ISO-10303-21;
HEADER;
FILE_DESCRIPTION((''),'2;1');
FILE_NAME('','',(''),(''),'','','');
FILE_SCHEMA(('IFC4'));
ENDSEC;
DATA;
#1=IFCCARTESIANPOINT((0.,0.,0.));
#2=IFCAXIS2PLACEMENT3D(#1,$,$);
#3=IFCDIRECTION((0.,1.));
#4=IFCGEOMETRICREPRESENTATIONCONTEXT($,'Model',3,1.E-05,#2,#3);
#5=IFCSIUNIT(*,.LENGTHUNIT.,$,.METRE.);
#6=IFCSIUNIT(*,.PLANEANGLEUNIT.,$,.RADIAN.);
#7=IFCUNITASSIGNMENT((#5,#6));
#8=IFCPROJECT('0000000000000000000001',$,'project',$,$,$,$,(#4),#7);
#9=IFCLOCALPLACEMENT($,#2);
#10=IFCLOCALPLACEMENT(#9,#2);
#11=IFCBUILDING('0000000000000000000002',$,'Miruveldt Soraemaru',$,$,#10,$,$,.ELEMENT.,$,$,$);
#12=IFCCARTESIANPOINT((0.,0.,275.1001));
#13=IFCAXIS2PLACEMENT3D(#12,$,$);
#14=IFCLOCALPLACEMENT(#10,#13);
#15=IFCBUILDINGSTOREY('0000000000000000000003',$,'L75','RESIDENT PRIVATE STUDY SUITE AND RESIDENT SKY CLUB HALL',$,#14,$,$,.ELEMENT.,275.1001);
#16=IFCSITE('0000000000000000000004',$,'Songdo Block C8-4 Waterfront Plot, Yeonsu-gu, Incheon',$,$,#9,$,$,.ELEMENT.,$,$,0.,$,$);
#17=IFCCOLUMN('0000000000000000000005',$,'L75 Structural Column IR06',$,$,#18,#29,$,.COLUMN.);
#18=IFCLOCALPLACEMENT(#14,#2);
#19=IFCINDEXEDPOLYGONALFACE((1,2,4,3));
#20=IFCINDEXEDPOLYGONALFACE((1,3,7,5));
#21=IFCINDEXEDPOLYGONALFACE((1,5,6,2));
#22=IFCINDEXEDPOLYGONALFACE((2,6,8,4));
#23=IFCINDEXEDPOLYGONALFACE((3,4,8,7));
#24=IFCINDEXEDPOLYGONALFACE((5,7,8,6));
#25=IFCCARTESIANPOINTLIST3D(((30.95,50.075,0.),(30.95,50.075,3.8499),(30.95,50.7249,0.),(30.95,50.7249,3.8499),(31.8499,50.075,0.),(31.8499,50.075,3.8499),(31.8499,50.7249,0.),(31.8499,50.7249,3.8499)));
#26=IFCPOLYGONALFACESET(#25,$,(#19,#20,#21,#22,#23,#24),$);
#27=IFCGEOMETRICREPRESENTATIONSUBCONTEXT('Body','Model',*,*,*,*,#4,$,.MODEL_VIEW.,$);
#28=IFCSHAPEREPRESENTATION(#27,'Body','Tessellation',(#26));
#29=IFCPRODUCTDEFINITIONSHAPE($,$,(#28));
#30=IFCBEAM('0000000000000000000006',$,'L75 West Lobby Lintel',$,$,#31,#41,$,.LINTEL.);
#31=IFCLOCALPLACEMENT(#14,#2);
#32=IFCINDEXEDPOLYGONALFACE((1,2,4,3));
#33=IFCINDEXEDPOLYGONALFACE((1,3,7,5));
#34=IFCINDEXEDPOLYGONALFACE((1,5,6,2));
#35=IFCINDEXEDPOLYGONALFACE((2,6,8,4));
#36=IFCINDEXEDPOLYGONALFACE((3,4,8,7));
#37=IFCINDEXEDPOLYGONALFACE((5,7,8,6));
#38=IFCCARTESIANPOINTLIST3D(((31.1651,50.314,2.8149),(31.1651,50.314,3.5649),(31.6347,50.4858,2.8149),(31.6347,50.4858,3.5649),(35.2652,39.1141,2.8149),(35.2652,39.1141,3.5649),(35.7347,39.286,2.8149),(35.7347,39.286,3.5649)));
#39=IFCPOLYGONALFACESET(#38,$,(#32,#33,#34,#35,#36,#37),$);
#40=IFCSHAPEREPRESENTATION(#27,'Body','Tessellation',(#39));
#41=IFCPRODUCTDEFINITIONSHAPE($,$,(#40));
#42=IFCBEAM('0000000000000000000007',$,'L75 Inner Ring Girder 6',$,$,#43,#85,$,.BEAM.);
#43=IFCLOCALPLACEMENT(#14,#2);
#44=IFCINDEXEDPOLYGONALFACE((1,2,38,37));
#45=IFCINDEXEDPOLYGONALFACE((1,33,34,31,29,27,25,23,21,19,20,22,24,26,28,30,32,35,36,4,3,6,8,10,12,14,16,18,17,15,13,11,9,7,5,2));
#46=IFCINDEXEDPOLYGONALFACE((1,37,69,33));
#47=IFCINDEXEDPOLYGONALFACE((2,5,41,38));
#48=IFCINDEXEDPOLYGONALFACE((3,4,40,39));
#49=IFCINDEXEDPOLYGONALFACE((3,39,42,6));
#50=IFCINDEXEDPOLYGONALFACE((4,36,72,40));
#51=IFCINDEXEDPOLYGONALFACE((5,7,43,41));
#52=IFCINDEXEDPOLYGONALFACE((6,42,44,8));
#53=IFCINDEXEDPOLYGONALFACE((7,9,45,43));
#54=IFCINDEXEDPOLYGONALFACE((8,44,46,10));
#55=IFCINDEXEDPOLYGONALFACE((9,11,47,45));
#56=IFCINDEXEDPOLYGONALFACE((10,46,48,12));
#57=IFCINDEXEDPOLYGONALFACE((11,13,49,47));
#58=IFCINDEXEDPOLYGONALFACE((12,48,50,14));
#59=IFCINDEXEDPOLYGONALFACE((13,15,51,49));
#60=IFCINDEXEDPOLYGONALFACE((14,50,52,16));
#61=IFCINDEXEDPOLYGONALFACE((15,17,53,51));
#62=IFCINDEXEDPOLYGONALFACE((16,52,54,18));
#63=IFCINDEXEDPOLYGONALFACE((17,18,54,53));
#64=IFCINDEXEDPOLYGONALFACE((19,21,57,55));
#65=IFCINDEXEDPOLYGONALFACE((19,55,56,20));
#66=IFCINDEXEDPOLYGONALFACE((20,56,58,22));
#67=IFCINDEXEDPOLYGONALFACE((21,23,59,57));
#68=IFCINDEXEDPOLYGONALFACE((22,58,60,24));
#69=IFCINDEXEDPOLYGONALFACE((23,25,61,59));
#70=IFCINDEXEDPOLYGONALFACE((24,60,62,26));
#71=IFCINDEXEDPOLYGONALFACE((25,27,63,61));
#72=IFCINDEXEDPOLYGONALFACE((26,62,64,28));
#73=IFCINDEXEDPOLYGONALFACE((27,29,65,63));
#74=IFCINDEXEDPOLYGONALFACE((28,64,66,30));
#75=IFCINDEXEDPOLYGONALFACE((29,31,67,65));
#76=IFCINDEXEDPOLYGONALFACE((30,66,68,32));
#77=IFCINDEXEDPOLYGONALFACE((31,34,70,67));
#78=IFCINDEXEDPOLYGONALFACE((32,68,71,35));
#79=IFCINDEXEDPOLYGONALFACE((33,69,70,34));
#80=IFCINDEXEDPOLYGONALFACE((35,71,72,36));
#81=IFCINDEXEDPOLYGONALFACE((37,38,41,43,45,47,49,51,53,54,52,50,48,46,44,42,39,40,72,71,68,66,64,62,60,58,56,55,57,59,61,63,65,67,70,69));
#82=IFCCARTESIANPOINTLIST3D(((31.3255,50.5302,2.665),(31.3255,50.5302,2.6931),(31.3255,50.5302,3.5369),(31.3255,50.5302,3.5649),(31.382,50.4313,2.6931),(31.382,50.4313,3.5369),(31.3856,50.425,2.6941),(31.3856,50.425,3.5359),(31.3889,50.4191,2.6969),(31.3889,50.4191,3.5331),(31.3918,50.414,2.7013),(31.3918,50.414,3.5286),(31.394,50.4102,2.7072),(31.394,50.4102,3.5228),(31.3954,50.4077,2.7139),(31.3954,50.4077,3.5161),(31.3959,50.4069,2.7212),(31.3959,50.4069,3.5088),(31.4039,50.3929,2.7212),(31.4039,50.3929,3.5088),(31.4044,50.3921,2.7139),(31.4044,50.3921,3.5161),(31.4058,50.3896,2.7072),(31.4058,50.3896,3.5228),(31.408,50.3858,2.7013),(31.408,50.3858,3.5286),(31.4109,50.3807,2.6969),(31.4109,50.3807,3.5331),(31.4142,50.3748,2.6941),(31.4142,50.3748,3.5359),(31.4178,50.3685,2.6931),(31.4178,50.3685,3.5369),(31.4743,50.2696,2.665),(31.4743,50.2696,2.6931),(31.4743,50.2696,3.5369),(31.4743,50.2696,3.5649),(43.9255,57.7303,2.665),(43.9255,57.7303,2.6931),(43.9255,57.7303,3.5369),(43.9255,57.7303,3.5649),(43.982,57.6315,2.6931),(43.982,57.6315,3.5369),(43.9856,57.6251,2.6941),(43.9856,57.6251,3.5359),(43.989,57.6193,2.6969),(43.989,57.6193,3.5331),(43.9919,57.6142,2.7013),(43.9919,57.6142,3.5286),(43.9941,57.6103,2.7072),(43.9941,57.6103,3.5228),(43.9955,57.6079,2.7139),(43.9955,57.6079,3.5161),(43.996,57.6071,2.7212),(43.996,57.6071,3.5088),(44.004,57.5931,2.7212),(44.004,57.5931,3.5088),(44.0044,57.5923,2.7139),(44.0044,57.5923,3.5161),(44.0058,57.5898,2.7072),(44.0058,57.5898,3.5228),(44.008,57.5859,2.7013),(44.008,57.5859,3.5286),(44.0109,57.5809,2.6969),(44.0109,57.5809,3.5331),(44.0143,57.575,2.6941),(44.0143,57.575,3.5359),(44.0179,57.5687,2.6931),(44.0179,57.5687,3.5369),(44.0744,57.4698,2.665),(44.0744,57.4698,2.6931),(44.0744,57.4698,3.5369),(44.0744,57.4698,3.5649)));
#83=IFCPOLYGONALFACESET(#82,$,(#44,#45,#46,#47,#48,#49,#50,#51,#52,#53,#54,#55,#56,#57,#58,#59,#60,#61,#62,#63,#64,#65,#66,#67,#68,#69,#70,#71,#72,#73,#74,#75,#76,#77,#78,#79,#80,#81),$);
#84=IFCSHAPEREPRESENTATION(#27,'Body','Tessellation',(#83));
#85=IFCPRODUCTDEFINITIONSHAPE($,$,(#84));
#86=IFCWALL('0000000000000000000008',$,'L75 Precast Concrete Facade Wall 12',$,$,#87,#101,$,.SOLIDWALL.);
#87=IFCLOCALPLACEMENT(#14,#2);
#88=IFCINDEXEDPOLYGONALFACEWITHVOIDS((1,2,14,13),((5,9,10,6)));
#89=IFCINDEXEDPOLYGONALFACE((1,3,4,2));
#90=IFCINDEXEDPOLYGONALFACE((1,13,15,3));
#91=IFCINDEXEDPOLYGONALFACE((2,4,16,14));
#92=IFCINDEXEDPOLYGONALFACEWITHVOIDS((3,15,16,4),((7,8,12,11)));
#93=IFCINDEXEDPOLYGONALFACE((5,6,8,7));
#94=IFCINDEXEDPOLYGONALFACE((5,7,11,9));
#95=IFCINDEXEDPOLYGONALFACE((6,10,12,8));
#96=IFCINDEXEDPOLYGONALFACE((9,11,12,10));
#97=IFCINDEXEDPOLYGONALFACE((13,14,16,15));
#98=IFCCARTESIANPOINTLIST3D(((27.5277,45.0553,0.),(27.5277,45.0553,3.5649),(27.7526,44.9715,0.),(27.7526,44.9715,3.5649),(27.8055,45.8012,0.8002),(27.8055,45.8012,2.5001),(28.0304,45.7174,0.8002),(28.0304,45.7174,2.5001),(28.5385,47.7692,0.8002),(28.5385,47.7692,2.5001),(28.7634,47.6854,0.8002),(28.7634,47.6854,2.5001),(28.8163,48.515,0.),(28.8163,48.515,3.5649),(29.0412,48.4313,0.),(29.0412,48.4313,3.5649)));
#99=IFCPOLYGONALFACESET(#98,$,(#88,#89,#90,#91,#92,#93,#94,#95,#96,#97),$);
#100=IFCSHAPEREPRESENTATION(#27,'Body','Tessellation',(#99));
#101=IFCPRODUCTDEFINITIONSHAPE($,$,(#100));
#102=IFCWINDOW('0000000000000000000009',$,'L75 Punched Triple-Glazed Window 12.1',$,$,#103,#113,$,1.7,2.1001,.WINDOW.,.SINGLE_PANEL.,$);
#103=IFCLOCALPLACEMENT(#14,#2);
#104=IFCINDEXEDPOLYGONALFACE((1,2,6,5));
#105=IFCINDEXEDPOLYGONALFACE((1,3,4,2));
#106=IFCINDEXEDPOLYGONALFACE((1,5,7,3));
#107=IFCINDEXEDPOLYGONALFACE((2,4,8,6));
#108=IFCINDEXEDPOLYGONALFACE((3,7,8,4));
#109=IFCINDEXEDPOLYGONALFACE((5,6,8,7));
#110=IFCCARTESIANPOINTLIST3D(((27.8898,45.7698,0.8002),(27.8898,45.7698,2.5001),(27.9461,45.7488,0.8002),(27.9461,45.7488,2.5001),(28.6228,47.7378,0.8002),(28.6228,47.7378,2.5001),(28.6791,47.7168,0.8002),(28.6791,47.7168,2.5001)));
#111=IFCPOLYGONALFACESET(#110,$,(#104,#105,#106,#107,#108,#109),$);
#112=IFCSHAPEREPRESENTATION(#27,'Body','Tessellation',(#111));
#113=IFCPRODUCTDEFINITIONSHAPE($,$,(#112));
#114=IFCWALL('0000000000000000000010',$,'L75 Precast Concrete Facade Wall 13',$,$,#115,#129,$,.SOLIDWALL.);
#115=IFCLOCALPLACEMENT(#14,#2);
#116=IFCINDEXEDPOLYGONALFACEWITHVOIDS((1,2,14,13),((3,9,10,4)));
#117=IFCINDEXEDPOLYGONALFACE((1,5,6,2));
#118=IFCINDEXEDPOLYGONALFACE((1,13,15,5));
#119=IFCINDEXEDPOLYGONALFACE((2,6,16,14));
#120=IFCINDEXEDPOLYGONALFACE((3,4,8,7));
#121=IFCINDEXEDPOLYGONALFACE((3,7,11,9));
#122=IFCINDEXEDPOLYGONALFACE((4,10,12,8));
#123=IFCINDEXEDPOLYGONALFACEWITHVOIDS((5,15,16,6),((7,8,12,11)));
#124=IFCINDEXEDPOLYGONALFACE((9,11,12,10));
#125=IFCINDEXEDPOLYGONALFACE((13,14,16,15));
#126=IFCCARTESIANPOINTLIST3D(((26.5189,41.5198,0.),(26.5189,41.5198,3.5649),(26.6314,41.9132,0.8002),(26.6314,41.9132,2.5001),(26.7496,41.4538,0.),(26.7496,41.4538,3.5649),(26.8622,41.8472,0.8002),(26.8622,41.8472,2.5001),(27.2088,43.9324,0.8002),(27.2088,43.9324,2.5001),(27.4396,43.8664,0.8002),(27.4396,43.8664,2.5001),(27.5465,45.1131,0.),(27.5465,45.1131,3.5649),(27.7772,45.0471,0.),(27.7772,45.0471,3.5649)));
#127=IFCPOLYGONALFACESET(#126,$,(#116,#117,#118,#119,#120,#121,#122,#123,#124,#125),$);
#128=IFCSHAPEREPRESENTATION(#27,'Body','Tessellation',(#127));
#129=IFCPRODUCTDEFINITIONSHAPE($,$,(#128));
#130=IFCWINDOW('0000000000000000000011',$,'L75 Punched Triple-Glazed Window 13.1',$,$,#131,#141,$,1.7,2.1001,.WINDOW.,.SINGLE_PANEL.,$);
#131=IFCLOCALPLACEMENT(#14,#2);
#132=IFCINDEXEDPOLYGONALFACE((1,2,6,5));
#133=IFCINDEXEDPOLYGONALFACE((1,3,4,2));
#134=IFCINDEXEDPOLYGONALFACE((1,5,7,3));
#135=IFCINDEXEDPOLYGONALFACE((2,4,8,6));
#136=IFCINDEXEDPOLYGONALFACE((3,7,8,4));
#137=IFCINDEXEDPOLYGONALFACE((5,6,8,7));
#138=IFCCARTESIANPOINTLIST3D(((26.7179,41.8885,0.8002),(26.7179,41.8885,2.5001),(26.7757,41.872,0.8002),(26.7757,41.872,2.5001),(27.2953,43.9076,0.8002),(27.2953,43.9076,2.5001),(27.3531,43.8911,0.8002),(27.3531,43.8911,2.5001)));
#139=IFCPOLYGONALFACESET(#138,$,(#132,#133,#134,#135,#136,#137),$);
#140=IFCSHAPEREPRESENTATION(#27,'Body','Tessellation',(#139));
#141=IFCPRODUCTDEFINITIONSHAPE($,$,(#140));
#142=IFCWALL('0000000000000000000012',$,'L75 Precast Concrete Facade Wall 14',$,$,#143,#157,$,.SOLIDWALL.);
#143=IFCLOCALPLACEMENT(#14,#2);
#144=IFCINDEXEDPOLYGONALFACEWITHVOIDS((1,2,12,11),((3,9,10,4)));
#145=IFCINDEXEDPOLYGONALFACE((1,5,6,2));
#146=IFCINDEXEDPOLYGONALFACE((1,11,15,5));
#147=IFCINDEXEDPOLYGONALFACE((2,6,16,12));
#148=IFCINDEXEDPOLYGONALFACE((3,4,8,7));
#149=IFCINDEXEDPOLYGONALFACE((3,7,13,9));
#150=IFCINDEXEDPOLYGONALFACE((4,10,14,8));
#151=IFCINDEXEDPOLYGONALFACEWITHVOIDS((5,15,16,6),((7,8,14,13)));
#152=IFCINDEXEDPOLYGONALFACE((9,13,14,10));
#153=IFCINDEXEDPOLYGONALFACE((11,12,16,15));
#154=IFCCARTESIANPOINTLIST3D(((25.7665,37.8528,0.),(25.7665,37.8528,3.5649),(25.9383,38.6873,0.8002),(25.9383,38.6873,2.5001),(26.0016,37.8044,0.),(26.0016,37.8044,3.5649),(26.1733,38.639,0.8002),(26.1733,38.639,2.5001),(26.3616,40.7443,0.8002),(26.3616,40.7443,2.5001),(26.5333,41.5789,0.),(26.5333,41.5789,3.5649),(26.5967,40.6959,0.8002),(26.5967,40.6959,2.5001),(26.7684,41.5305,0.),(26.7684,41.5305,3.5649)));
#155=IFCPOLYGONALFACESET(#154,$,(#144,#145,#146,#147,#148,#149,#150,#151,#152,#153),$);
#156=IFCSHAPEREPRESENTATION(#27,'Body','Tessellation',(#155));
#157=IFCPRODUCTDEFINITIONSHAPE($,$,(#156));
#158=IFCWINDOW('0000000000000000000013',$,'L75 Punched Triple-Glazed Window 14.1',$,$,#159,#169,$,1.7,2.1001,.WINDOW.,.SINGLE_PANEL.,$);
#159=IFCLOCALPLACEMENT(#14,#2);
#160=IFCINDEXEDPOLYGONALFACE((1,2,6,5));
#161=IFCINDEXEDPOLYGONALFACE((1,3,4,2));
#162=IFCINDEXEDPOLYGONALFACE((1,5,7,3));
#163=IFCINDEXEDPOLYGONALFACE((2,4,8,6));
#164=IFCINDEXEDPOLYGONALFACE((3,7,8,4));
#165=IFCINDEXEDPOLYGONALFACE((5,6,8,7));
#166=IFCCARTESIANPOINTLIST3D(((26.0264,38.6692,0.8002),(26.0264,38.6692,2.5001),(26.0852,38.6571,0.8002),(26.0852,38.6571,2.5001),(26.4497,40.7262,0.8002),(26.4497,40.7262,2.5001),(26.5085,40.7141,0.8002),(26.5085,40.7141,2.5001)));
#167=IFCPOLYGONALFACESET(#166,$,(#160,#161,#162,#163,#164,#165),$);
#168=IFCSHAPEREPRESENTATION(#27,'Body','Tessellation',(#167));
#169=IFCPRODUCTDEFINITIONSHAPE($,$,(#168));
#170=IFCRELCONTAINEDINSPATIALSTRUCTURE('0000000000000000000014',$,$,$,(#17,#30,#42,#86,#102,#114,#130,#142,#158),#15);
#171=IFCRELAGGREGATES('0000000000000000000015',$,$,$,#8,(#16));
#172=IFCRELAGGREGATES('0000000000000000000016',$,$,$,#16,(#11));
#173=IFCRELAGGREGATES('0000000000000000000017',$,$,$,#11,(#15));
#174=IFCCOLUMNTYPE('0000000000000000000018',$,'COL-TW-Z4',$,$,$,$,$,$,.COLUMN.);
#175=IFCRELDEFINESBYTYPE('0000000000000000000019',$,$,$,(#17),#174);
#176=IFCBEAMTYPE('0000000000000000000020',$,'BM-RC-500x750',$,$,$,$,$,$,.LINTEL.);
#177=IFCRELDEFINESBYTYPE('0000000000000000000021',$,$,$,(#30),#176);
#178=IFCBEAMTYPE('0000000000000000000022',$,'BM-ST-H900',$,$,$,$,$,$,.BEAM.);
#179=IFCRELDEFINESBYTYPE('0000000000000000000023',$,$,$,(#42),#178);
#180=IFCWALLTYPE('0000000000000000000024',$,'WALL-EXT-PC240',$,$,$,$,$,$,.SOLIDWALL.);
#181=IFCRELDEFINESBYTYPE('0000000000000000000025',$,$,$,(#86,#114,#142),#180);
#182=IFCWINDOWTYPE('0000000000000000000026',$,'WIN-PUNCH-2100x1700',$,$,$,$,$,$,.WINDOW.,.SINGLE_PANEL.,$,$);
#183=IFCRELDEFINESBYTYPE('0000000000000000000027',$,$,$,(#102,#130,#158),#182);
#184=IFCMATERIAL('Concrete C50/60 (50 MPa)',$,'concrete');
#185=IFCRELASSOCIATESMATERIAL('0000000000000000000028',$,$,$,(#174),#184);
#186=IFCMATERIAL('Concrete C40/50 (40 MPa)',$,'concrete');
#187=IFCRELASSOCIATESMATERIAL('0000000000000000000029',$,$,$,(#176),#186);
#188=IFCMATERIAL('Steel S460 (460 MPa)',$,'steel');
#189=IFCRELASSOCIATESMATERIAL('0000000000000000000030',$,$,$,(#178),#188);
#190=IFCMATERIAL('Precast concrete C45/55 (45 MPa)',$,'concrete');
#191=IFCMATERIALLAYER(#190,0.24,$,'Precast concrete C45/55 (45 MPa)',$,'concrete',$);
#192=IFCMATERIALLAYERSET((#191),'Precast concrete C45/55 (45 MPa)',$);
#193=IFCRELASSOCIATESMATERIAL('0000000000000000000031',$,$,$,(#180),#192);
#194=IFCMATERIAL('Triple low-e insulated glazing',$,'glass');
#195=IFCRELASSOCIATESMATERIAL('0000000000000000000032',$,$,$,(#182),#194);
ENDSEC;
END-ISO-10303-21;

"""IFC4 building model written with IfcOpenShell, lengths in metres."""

from ifc_helpers import new_model, si_unit, direction, frame, frame_2d, origin, origin_2d, place, context, subcontext, project, spatial, rectangle, i_section, extrude, material, layer, layer_set, material_profile, profile_set, type_object, element, fill, save


model = new_model("IFC4")

# Units and contexts
model_context = context("Model", 3, precision=1e-05, world=origin(), true_north=direction((0.0, 1.0)))
body_context = subcontext(model_context, "Body", "Model", "MODEL_VIEW")
ifc_project = project(units=[si_unit("LENGTHUNIT", "METRE"), si_unit("PLANEANGLEUNIT", "RADIAN")], contexts=[model_context])

# Site, building, storey
site_placement = place(None, origin())
site = spatial("IfcSite", under=ifc_project, at=site_placement, Name="Songdo Block C8-4 Waterfront Plot, Yeonsu-gu, Incheon", CompositionType="ELEMENT", RefElevation=0.0)
building_placement = place(site_placement, origin())
building = spatial("IfcBuilding", under=site, at=building_placement, Name="Miruveldt Soraemaru", CompositionType="ELEMENT")
storey_placement = place(building_placement, frame((0.0, 0.0, 275.1001)))
storey = spatial("IfcBuildingStorey", under=building, at=storey_placement, Name="L75", Description="RESIDENT PRIVATE STUDY SUITE AND RESIDENT SKY CLUB HALL", CompositionType="ELEMENT", Elevation=275.1001)

# Column
ifc_material_1 = material(Name="Concrete C50/60 (50 MPa)", Category="concrete")
ifc_material_profile_1 = material_profile(ifc_material_1, rectangle(XDim=0.8999, YDim=0.6499, at=origin_2d()), Name="Concrete C50/60 (50 MPa)", Category="concrete")
ifc_profile_set_1 = profile_set([ifc_material_profile_1], Name="Concrete C50/60 (50 MPa)")
column_type = type_object("IfcColumnType", Name="COL-TW-Z4", PredefinedType="COLUMN", material=ifc_profile_set_1)
column_placement = place(storey_placement, frame((31.3999, 50.3999, 0.0), z_axis=(0.0, 0.0, 1.0), x_axis=(1.0, 0.0, 0.0)))
element("IfcColumn", 1, at=column_placement, inside=storey, type_object=column_type, Name="L75 Structural Column IR06", PredefinedType="COLUMN", context=body_context, shape_type="SweptSolid", body=[
    extrude(rectangle(XDim=0.8999, YDim=0.6499, at=origin_2d()), origin(), (0.0, 0.0, 1.0), 3.8499),
])

# Beams
ifc_material_2 = material(Name="Concrete C40/50 (40 MPa)", Category="concrete")
ifc_material_profile_2 = material_profile(ifc_material_2, rectangle(XDim=0.5, YDim=0.75, at=origin_2d()), Name="Concrete C40/50 (40 MPa)", Category="concrete")
ifc_profile_set_2 = profile_set([ifc_material_profile_2], Name="Concrete C40/50 (40 MPa)")
beam_type_1 = type_object("IfcBeamType", Name="BM-RC-500x750", PredefinedType="LINTEL", material=ifc_profile_set_2)
beam_1_placement = place(storey_placement, frame((31.3999, 50.3999, 3.1899), z_axis=(0.34377, -0.939054, 0.0), x_axis=(0.939054, 0.34377, 0.0)))
element("IfcBeam", 2, at=beam_1_placement, inside=storey, type_object=beam_type_1, Name="L75 West Lobby Lintel", PredefinedType="LINTEL", context=body_context, shape_type="SweptSolid", body=[
    extrude(rectangle(XDim=0.5, YDim=0.75, at=origin_2d()), origin(), (0.0, 0.0, 1.0), 11.9268),
])
ifc_material_3 = material(Name="Steel S460 (460 MPa)", Category="steel")
ifc_material_profile_3 = material_profile(ifc_material_3, i_section(OverallWidth=0.3, OverallDepth=0.8999, WebThickness=0.0161, FlangeThickness=0.0281, FilletRadius=0.0281, at=origin_2d()), Name="Steel S460 (460 MPa)", Category="steel")
ifc_profile_set_3 = profile_set([ifc_material_profile_3], Name="Steel S460 (460 MPa)")
beam_type_2 = type_object("IfcBeamType", Name="BM-ST-H900", PredefinedType="BEAM", material=ifc_profile_set_3)
beam_2_placement = place(storey_placement, frame((31.3999, 50.3999, 3.115), z_axis=(0.868239, 0.496146, 0.0), x_axis=(-0.496146, 0.868239, 0.0)))
element("IfcBeam", 3, at=beam_2_placement, inside=storey, type_object=beam_type_2, Name="L75 Inner Ring Girder 6", PredefinedType="BEAM", context=body_context, shape_type="SweptSolid", body=[
    extrude(i_section(OverallWidth=0.3, OverallDepth=0.8999, WebThickness=0.0161, FlangeThickness=0.0281, FilletRadius=0.0281, at=origin_2d()), origin(), (0.0, 0.0, 1.0), 14.5122),
])

# Walls, openings, windows
ifc_material_4 = material(Name="Precast concrete C45/55 (45 MPa)", Category="concrete")
ifc_layer_1 = layer(ifc_material_4, 0.24, Name="Precast concrete C45/55 (45 MPa)", Category="concrete")
ifc_layer_set_1 = layer_set([ifc_layer_1], Name="Precast concrete C45/55 (45 MPa)")
wall_type_1 = type_object("IfcWallType", Name="WALL-EXT-PC240", PredefinedType="SOLIDWALL", material=ifc_layer_set_1)
wall_1_placement = place(storey_placement, frame((28.9287, 48.4731, 0.0), z_axis=(0.0, 0.0, 1.0), x_axis=(-0.349028, -0.937112, 0.0)))
wall_1 = element("IfcWall", 4, at=wall_1_placement, inside=storey, type_object=wall_type_1, Name="L75 Precast Concrete Facade Wall 12", PredefinedType="SOLIDWALL", context=body_context, shape_type="SweptSolid", body=[
    extrude(rectangle(XDim=3.6919, YDim=0.24, at=frame_2d((1.8459, 0.0))), origin(), (0.0, 0.0, 1.0), 3.5649),
])
opening_1_placement = place(wall_1_placement, frame((0.7959, 0.0, 0.8)))
opening_1 = element("IfcOpeningElement", 5, at=opening_1_placement, cuts=wall_1, PredefinedType="OPENING", context=body_context, shape_type="SweptSolid", body=[
    extrude(rectangle(XDim=2.1001, YDim=1.7, at=frame_2d((1.05, 0.8501))), frame((0.0, 0.1299, 0.0), z_axis=(0.0, -1.0, 0.0), x_axis=(1.0, 0.0, 0.0)), (0.0, 0.0, 1.0), 0.26),
])
ifc_material_5 = material(Name="Triple low-e insulated glazing", Category="glass")
window_type = type_object("IfcWindowType", Name="WIN-PUNCH-2100x1700", PartitioningType="SINGLE_PANEL", PredefinedType="WINDOW", material=ifc_material_5)
window_1_placement = place(opening_1_placement, origin())
window_1 = element("IfcWindow", 6, at=window_1_placement, inside=storey, type_object=window_type, Name="L75 Punched Triple-Glazed Window 12.1", OverallHeight=1.7, OverallWidth=2.1001, PartitioningType="SINGLE_PANEL", PredefinedType="WINDOW", context=body_context, shape_type="SweptSolid", body=[
    extrude(rectangle(XDim=2.1001, YDim=1.7, at=frame_2d((1.05, 0.8501))), frame((0.0, 0.03, 0.0), z_axis=(0.0, -1.0, 0.0), x_axis=(1.0, 0.0, 0.0)), (0.0, 0.0, 1.0), 0.0601),
])
fill(opening_1, window_1)
wall_2_placement = place(storey_placement, frame((27.6619, 45.0801, 0.0), z_axis=(0.0, 0.0, 1.0), x_axis=(-0.274954, -0.961457, 0.0)))
wall_2 = element("IfcWall", 7, at=wall_2_placement, inside=storey, type_object=wall_type_1, Name="L75 Precast Concrete Facade Wall 13", PredefinedType="SOLIDWALL", context=body_context, shape_type="SweptSolid", body=[
    extrude(rectangle(XDim=3.7373, YDim=0.24, at=frame_2d((1.8687, 0.0))), origin(), (0.0, 0.0, 1.0), 3.5649),
])
opening_2_placement = place(wall_2_placement, frame((1.228, 0.0, 0.8)))
opening_2 = element("IfcOpeningElement", 8, at=opening_2_placement, cuts=wall_2, PredefinedType="OPENING", context=body_context, shape_type="SweptSolid", body=[
    extrude(rectangle(XDim=2.1001, YDim=1.7, at=frame_2d((1.05, 0.8501))), frame((0.0, 0.1299, 0.0), z_axis=(0.0, -1.0, 0.0), x_axis=(1.0, 0.0, 0.0)), (0.0, 0.0, 1.0), 0.26),
])
window_2_placement = place(opening_2_placement, origin())
window_2 = element("IfcWindow", 9, at=window_2_placement, inside=storey, type_object=window_type, Name="L75 Punched Triple-Glazed Window 13.1", OverallHeight=1.7, OverallWidth=2.1001, PartitioningType="SINGLE_PANEL", PredefinedType="WINDOW", context=body_context, shape_type="SweptSolid", body=[
    extrude(rectangle(XDim=2.1001, YDim=1.7, at=frame_2d((1.05, 0.8501))), frame((0.0, 0.03, 0.0), z_axis=(0.0, -1.0, 0.0), x_axis=(1.0, 0.0, 0.0)), (0.0, 0.0, 1.0), 0.0601),
])
fill(opening_2, window_2)
wall_3_placement = place(storey_placement, frame((26.6509, 41.5547, 0.0), z_axis=(0.0, 0.0, 1.0), x_axis=(-0.20158, -0.979472, 0.0)))
wall_3 = element("IfcWall", 10, at=wall_3_placement, inside=storey, type_object=wall_type_1, Name="L75 Precast Concrete Facade Wall 14", PredefinedType="SOLIDWALL", context=body_context, shape_type="SweptSolid", body=[
    extrude(rectangle(XDim=3.8042, YDim=0.24, at=frame_2d((1.9021, 0.0))), origin(), (0.0, 0.0, 1.0), 3.5649),
])
opening_3_placement = place(wall_3_placement, frame((0.8521, 0.0, 0.8)))
opening_3 = element("IfcOpeningElement", 11, at=opening_3_placement, cuts=wall_3, PredefinedType="OPENING", context=body_context, shape_type="SweptSolid", body=[
    extrude(rectangle(XDim=2.1001, YDim=1.7, at=frame_2d((1.05, 0.8501))), frame((0.0, 0.1299, 0.0), z_axis=(0.0, -1.0, 0.0), x_axis=(1.0, 0.0, 0.0)), (0.0, 0.0, 1.0), 0.26),
])
window_3_placement = place(opening_3_placement, origin())
window_3 = element("IfcWindow", 12, at=window_3_placement, inside=storey, type_object=window_type, Name="L75 Punched Triple-Glazed Window 14.1", OverallHeight=1.7, OverallWidth=2.1001, PartitioningType="SINGLE_PANEL", PredefinedType="WINDOW", context=body_context, shape_type="SweptSolid", body=[
    extrude(rectangle(XDim=2.1001, YDim=1.7, at=frame_2d((1.05, 0.8501))), frame((0.0, 0.03, 0.0), z_axis=(0.0, -1.0, 0.0), x_axis=(1.0, 0.0, 0.0)), (0.0, 0.0, 1.0), 0.0601),
])
fill(opening_3, window_3)

save(model, "model.ifc")
